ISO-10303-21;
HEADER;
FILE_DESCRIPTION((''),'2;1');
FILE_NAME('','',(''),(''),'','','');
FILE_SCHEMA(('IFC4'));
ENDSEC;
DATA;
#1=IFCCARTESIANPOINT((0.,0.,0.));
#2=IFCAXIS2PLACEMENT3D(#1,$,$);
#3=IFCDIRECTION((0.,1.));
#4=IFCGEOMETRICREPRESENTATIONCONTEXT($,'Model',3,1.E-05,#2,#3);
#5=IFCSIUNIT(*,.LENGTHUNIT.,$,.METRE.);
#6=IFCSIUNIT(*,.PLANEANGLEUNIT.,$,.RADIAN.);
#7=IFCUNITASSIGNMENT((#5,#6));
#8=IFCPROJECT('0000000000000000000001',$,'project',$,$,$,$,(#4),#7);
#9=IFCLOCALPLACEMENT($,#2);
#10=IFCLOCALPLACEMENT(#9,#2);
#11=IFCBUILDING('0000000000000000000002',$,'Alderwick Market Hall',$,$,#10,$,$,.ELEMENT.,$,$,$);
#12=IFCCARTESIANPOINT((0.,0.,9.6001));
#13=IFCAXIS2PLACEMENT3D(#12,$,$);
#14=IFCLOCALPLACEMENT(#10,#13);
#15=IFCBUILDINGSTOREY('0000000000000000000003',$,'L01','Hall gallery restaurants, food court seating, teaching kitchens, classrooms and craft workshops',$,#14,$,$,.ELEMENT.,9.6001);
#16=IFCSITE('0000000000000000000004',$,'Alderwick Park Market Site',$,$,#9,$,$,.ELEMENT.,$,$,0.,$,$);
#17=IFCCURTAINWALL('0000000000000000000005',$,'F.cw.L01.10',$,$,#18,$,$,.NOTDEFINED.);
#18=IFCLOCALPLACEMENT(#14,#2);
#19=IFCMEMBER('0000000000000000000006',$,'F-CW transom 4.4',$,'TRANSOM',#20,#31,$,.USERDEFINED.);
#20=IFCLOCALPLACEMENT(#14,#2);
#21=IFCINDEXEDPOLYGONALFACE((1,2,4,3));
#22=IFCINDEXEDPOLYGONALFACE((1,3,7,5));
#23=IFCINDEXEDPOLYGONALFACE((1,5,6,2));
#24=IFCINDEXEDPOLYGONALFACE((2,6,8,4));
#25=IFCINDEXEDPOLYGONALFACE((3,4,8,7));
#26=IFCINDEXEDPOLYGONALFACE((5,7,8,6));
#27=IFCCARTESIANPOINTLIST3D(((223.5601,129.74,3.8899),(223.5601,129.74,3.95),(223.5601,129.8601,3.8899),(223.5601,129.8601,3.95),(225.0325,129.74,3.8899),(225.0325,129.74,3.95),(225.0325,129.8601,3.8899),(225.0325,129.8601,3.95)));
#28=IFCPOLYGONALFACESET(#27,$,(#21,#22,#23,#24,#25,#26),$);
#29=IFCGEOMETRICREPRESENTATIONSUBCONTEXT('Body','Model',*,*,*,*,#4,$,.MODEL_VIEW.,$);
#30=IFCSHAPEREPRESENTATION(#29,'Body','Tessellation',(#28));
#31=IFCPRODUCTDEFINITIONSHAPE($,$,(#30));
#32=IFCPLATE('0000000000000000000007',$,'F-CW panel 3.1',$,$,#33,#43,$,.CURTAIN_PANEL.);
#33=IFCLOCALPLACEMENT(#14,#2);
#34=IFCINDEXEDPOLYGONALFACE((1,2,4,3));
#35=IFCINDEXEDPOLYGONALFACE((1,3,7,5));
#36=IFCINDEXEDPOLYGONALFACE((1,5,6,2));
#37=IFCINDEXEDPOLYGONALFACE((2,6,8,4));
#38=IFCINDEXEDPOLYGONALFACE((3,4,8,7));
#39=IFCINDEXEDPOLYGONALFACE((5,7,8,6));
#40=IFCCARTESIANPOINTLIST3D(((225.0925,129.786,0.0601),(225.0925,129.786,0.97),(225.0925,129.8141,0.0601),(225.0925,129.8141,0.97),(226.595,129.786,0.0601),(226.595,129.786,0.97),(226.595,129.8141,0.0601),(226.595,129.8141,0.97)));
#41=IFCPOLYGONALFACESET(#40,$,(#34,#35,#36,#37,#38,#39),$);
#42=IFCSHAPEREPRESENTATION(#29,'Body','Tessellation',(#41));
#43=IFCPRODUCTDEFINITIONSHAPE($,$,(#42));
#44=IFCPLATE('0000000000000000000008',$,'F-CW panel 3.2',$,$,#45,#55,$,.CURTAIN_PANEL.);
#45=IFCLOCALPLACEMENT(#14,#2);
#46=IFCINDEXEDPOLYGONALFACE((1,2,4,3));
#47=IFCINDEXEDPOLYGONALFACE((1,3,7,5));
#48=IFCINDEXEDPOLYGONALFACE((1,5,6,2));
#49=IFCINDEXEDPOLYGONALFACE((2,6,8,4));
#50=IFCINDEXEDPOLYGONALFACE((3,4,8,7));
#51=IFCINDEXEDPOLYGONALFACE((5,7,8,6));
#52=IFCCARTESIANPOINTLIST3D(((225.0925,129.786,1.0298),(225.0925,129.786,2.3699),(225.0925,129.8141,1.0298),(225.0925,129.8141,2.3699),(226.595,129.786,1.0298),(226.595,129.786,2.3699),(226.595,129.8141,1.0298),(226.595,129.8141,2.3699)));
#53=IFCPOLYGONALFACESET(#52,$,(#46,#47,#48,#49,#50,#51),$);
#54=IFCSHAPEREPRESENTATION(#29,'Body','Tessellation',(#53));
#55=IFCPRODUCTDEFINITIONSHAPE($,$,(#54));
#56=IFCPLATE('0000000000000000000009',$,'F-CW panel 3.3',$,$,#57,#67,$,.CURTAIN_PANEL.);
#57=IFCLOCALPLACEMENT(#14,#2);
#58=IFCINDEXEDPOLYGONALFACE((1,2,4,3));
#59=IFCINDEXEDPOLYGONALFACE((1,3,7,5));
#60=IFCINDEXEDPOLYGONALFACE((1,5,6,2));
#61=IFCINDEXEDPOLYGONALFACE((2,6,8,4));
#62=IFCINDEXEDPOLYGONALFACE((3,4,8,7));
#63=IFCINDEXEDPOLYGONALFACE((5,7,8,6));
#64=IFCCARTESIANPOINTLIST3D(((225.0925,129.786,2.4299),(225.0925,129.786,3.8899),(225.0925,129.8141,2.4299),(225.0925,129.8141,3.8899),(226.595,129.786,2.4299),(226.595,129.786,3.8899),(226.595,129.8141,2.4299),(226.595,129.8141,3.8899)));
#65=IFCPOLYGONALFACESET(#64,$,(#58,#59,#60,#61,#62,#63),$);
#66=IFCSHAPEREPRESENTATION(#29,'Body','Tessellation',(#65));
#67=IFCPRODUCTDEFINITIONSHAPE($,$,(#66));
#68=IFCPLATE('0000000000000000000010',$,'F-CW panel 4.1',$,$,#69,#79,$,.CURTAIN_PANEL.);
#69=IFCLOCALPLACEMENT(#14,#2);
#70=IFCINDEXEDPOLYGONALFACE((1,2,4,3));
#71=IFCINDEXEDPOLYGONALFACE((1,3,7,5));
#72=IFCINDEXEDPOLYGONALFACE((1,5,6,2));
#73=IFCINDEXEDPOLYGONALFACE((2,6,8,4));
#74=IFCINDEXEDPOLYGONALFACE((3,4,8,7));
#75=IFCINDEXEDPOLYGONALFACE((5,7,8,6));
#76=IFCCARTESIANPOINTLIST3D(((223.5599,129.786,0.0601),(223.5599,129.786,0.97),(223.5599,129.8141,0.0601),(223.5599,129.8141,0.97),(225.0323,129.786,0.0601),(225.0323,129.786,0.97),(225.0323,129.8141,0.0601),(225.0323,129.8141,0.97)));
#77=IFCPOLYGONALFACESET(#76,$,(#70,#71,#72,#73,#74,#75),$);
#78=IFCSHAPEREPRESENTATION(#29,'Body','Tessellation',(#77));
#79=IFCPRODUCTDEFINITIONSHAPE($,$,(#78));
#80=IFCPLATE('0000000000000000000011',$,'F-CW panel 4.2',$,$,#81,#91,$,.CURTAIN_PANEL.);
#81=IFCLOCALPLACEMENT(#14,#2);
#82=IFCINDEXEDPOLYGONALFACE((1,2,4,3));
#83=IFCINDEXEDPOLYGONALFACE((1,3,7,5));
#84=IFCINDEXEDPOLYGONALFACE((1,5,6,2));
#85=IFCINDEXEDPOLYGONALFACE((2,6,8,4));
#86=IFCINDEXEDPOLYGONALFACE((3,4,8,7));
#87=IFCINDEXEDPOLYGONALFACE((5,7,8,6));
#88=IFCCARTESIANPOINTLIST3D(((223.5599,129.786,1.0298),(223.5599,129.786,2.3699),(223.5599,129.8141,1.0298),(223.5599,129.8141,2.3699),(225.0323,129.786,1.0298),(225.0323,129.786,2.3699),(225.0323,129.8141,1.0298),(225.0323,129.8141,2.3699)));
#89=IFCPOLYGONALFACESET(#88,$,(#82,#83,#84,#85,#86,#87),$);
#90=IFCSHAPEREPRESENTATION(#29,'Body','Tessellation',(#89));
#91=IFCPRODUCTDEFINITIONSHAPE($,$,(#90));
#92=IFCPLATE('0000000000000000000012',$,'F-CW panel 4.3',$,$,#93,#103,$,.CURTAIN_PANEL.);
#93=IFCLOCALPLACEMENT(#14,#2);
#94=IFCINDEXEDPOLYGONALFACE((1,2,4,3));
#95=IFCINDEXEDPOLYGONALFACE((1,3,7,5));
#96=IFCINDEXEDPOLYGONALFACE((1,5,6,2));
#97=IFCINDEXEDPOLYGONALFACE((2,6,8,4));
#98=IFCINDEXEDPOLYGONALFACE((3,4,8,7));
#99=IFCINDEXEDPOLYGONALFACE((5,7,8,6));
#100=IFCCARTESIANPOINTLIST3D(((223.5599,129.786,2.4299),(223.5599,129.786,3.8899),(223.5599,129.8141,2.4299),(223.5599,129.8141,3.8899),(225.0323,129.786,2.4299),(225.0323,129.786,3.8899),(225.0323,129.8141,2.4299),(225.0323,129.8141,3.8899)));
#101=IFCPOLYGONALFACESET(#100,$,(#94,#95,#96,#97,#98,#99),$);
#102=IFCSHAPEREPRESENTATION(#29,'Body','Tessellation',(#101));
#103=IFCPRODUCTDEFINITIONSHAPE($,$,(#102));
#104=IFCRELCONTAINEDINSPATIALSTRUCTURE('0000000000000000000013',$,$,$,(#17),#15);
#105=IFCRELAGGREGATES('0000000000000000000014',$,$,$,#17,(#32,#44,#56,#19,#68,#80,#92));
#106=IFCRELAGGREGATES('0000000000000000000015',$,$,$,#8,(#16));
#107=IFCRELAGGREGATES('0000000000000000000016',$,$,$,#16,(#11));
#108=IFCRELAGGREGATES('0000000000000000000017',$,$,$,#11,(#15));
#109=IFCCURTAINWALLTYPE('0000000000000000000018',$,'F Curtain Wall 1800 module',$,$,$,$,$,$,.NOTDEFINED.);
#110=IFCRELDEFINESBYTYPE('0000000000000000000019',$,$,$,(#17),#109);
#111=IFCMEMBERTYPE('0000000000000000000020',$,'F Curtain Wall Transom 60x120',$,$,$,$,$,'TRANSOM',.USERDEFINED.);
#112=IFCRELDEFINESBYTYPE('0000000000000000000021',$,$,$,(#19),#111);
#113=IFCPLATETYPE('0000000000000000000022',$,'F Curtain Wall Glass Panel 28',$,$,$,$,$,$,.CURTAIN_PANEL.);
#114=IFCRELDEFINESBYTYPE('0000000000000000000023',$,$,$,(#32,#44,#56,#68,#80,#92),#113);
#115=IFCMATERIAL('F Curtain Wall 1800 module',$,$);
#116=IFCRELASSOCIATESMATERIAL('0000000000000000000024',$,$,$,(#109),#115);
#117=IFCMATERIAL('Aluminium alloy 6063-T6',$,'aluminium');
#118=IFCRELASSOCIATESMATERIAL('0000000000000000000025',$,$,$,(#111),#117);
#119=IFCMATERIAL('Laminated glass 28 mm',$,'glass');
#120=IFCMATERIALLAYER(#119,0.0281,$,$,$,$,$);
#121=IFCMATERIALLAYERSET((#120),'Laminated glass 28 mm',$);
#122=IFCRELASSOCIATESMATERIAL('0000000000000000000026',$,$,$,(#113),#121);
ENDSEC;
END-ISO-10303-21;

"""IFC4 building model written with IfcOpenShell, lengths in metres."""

from ifc_helpers import new_model, si_unit, direction, frame, origin, origin_2d, place, context, subcontext, project, spatial, rectangle, extrude, material, layer, layer_set, material_profile, profile_set, type_object, element, aggregate, save


model = new_model("IFC4")

# Units and contexts
model_context = context("Model", 3, precision=1e-05, world=origin(), true_north=direction((0.0, 1.0)))
body_context = subcontext(model_context, "Body", "Model", "MODEL_VIEW")
ifc_project = project(units=[si_unit("LENGTHUNIT", "METRE"), si_unit("PLANEANGLEUNIT", "RADIAN")], contexts=[model_context])

# Site, building, storey
site_placement = place(None, origin())
site = spatial("IfcSite", under=ifc_project, at=site_placement, Name="Alderwick Park Market Site", CompositionType="ELEMENT", RefElevation=0.0)
building_placement = place(site_placement, origin())
building = spatial("IfcBuilding", under=site, at=building_placement, Name="Alderwick Market Hall", CompositionType="ELEMENT")
storey_placement = place(building_placement, frame((0.0, 0.0, 9.6001)))
storey = spatial("IfcBuildingStorey", under=building, at=storey_placement, Name="L01", Description="Hall gallery restaurants, food court seating, teaching kitchens, classrooms and craft workshops", CompositionType="ELEMENT", Elevation=9.6001)

# Shared definitions
ifc_material_1 = material(Name="F Curtain Wall 1800 module")
curtain_wall_type = type_object("IfcCurtainWallType", Name="F Curtain Wall 1800 module", PredefinedType="NOTDEFINED", material=ifc_material_1)
ifc_material_2 = material(Name="Aluminium alloy 6063-T6", Category="aluminium")

# Curtain wall
curtain_wall_1_placement = place(storey_placement, origin())
curtain_wall_1 = element("IfcCurtainWall", 1, at=curtain_wall_1_placement, inside=storey, type_object=curtain_wall_type, Name="F.cw.L01.10", PredefinedType="NOTDEFINED")

# Member
ifc_material_profile_1 = material_profile(ifc_material_2, rectangle(XDim=0.1201, YDim=0.0601, at=origin_2d()), Name="AL 60x120")
ifc_profile_set_1 = profile_set([ifc_material_profile_1], Name="Aluminium alloy 6063-T6")
member_type_1 = type_object("IfcMemberType", Name="F Curtain Wall Transom 60x120", ElementType="TRANSOM", PredefinedType="USERDEFINED", material=ifc_profile_set_1)
member_1_placement = place(storey_placement, frame((225.0325, 129.8, 3.9199), z_axis=(-1.0, 0.0, 0.0), x_axis=(0.0, -1.0, 0.0)))
member_1 = element("IfcMember", 2, at=member_1_placement, type_object=member_type_1, Name="F-CW transom 4.4", ObjectType="TRANSOM", PredefinedType="USERDEFINED", context=body_context, shape_type="SweptSolid", body=[
    extrude(rectangle(XDim=0.1201, YDim=0.0601, at=origin_2d()), origin(), (0.0, 0.0, 1.0), 1.4724),
])

# Plates
ifc_material_3 = material(Name="Laminated glass 28 mm", Category="glass")
ifc_layer = layer(ifc_material_3, 0.0281)
ifc_layer_set = layer_set([ifc_layer], Name="Laminated glass 28 mm")
plate_type = type_object("IfcPlateType", Name="F Curtain Wall Glass Panel 28", PredefinedType="CURTAIN_PANEL", material=ifc_layer_set)
plate_1_placement = place(storey_placement, frame((225.8438, 129.8, 0.0601), z_axis=(0.0, 0.0, 1.0), x_axis=(-1.0, 0.0, 0.0)))
plate_1 = element("IfcPlate", 3, at=plate_1_placement, type_object=plate_type, Name="F-CW panel 3.1", PredefinedType="CURTAIN_PANEL", context=body_context, shape_type="SweptSolid", body=[
    extrude(rectangle(XDim=1.5024, YDim=0.0281, at=origin_2d()), origin(), (0.0, 0.0, 1.0), 0.9099),
])
plate_2_placement = place(storey_placement, frame((225.8438, 129.8, 1.0298), z_axis=(0.0, 0.0, 1.0), x_axis=(-1.0, 0.0, 0.0)))
plate_2 = element("IfcPlate", 4, at=plate_2_placement, type_object=plate_type, Name="F-CW panel 3.2", PredefinedType="CURTAIN_PANEL", context=body_context, shape_type="SweptSolid", body=[
    extrude(rectangle(XDim=1.5024, YDim=0.0281, at=origin_2d()), origin(), (0.0, 0.0, 1.0), 1.3401),
])
plate_3_placement = place(storey_placement, frame((225.8438, 129.8, 2.4299), z_axis=(0.0, 0.0, 1.0), x_axis=(-1.0, 0.0, 0.0)))
plate_3 = element("IfcPlate", 5, at=plate_3_placement, type_object=plate_type, Name="F-CW panel 3.3", PredefinedType="CURTAIN_PANEL", context=body_context, shape_type="SweptSolid", body=[
    extrude(rectangle(XDim=1.5024, YDim=0.0281, at=origin_2d()), origin(), (0.0, 0.0, 1.0), 1.46),
])
plate_4_placement = place(storey_placement, frame((224.2961, 129.8, 0.0601), z_axis=(0.0, 0.0, 1.0), x_axis=(-1.0, 0.0, 0.0)))
plate_4 = element("IfcPlate", 6, at=plate_4_placement, type_object=plate_type, Name="F-CW panel 4.1", PredefinedType="CURTAIN_PANEL", context=body_context, shape_type="SweptSolid", body=[
    extrude(rectangle(XDim=1.4724, YDim=0.0281, at=origin_2d()), origin(), (0.0, 0.0, 1.0), 0.9099),
])
plate_5_placement = place(storey_placement, frame((224.2961, 129.8, 1.0298), z_axis=(0.0, 0.0, 1.0), x_axis=(-1.0, 0.0, 0.0)))
plate_5 = element("IfcPlate", 7, at=plate_5_placement, type_object=plate_type, Name="F-CW panel 4.2", PredefinedType="CURTAIN_PANEL", context=body_context, shape_type="SweptSolid", body=[
    extrude(rectangle(XDim=1.4724, YDim=0.0281, at=origin_2d()), origin(), (0.0, 0.0, 1.0), 1.3401),
])
plate_6_placement = place(storey_placement, frame((224.2961, 129.8, 2.4299), z_axis=(0.0, 0.0, 1.0), x_axis=(-1.0, 0.0, 0.0)))
plate_6 = element("IfcPlate", 8, at=plate_6_placement, type_object=plate_type, Name="F-CW panel 4.3", PredefinedType="CURTAIN_PANEL", context=body_context, shape_type="SweptSolid", body=[
    extrude(rectangle(XDim=1.4724, YDim=0.0281, at=origin_2d()), origin(), (0.0, 0.0, 1.0), 1.46),
])
aggregate(curtain_wall_1, [plate_1, plate_2, plate_3, member_1, plate_4, plate_5, plate_6])

save(model, "model.ifc")
